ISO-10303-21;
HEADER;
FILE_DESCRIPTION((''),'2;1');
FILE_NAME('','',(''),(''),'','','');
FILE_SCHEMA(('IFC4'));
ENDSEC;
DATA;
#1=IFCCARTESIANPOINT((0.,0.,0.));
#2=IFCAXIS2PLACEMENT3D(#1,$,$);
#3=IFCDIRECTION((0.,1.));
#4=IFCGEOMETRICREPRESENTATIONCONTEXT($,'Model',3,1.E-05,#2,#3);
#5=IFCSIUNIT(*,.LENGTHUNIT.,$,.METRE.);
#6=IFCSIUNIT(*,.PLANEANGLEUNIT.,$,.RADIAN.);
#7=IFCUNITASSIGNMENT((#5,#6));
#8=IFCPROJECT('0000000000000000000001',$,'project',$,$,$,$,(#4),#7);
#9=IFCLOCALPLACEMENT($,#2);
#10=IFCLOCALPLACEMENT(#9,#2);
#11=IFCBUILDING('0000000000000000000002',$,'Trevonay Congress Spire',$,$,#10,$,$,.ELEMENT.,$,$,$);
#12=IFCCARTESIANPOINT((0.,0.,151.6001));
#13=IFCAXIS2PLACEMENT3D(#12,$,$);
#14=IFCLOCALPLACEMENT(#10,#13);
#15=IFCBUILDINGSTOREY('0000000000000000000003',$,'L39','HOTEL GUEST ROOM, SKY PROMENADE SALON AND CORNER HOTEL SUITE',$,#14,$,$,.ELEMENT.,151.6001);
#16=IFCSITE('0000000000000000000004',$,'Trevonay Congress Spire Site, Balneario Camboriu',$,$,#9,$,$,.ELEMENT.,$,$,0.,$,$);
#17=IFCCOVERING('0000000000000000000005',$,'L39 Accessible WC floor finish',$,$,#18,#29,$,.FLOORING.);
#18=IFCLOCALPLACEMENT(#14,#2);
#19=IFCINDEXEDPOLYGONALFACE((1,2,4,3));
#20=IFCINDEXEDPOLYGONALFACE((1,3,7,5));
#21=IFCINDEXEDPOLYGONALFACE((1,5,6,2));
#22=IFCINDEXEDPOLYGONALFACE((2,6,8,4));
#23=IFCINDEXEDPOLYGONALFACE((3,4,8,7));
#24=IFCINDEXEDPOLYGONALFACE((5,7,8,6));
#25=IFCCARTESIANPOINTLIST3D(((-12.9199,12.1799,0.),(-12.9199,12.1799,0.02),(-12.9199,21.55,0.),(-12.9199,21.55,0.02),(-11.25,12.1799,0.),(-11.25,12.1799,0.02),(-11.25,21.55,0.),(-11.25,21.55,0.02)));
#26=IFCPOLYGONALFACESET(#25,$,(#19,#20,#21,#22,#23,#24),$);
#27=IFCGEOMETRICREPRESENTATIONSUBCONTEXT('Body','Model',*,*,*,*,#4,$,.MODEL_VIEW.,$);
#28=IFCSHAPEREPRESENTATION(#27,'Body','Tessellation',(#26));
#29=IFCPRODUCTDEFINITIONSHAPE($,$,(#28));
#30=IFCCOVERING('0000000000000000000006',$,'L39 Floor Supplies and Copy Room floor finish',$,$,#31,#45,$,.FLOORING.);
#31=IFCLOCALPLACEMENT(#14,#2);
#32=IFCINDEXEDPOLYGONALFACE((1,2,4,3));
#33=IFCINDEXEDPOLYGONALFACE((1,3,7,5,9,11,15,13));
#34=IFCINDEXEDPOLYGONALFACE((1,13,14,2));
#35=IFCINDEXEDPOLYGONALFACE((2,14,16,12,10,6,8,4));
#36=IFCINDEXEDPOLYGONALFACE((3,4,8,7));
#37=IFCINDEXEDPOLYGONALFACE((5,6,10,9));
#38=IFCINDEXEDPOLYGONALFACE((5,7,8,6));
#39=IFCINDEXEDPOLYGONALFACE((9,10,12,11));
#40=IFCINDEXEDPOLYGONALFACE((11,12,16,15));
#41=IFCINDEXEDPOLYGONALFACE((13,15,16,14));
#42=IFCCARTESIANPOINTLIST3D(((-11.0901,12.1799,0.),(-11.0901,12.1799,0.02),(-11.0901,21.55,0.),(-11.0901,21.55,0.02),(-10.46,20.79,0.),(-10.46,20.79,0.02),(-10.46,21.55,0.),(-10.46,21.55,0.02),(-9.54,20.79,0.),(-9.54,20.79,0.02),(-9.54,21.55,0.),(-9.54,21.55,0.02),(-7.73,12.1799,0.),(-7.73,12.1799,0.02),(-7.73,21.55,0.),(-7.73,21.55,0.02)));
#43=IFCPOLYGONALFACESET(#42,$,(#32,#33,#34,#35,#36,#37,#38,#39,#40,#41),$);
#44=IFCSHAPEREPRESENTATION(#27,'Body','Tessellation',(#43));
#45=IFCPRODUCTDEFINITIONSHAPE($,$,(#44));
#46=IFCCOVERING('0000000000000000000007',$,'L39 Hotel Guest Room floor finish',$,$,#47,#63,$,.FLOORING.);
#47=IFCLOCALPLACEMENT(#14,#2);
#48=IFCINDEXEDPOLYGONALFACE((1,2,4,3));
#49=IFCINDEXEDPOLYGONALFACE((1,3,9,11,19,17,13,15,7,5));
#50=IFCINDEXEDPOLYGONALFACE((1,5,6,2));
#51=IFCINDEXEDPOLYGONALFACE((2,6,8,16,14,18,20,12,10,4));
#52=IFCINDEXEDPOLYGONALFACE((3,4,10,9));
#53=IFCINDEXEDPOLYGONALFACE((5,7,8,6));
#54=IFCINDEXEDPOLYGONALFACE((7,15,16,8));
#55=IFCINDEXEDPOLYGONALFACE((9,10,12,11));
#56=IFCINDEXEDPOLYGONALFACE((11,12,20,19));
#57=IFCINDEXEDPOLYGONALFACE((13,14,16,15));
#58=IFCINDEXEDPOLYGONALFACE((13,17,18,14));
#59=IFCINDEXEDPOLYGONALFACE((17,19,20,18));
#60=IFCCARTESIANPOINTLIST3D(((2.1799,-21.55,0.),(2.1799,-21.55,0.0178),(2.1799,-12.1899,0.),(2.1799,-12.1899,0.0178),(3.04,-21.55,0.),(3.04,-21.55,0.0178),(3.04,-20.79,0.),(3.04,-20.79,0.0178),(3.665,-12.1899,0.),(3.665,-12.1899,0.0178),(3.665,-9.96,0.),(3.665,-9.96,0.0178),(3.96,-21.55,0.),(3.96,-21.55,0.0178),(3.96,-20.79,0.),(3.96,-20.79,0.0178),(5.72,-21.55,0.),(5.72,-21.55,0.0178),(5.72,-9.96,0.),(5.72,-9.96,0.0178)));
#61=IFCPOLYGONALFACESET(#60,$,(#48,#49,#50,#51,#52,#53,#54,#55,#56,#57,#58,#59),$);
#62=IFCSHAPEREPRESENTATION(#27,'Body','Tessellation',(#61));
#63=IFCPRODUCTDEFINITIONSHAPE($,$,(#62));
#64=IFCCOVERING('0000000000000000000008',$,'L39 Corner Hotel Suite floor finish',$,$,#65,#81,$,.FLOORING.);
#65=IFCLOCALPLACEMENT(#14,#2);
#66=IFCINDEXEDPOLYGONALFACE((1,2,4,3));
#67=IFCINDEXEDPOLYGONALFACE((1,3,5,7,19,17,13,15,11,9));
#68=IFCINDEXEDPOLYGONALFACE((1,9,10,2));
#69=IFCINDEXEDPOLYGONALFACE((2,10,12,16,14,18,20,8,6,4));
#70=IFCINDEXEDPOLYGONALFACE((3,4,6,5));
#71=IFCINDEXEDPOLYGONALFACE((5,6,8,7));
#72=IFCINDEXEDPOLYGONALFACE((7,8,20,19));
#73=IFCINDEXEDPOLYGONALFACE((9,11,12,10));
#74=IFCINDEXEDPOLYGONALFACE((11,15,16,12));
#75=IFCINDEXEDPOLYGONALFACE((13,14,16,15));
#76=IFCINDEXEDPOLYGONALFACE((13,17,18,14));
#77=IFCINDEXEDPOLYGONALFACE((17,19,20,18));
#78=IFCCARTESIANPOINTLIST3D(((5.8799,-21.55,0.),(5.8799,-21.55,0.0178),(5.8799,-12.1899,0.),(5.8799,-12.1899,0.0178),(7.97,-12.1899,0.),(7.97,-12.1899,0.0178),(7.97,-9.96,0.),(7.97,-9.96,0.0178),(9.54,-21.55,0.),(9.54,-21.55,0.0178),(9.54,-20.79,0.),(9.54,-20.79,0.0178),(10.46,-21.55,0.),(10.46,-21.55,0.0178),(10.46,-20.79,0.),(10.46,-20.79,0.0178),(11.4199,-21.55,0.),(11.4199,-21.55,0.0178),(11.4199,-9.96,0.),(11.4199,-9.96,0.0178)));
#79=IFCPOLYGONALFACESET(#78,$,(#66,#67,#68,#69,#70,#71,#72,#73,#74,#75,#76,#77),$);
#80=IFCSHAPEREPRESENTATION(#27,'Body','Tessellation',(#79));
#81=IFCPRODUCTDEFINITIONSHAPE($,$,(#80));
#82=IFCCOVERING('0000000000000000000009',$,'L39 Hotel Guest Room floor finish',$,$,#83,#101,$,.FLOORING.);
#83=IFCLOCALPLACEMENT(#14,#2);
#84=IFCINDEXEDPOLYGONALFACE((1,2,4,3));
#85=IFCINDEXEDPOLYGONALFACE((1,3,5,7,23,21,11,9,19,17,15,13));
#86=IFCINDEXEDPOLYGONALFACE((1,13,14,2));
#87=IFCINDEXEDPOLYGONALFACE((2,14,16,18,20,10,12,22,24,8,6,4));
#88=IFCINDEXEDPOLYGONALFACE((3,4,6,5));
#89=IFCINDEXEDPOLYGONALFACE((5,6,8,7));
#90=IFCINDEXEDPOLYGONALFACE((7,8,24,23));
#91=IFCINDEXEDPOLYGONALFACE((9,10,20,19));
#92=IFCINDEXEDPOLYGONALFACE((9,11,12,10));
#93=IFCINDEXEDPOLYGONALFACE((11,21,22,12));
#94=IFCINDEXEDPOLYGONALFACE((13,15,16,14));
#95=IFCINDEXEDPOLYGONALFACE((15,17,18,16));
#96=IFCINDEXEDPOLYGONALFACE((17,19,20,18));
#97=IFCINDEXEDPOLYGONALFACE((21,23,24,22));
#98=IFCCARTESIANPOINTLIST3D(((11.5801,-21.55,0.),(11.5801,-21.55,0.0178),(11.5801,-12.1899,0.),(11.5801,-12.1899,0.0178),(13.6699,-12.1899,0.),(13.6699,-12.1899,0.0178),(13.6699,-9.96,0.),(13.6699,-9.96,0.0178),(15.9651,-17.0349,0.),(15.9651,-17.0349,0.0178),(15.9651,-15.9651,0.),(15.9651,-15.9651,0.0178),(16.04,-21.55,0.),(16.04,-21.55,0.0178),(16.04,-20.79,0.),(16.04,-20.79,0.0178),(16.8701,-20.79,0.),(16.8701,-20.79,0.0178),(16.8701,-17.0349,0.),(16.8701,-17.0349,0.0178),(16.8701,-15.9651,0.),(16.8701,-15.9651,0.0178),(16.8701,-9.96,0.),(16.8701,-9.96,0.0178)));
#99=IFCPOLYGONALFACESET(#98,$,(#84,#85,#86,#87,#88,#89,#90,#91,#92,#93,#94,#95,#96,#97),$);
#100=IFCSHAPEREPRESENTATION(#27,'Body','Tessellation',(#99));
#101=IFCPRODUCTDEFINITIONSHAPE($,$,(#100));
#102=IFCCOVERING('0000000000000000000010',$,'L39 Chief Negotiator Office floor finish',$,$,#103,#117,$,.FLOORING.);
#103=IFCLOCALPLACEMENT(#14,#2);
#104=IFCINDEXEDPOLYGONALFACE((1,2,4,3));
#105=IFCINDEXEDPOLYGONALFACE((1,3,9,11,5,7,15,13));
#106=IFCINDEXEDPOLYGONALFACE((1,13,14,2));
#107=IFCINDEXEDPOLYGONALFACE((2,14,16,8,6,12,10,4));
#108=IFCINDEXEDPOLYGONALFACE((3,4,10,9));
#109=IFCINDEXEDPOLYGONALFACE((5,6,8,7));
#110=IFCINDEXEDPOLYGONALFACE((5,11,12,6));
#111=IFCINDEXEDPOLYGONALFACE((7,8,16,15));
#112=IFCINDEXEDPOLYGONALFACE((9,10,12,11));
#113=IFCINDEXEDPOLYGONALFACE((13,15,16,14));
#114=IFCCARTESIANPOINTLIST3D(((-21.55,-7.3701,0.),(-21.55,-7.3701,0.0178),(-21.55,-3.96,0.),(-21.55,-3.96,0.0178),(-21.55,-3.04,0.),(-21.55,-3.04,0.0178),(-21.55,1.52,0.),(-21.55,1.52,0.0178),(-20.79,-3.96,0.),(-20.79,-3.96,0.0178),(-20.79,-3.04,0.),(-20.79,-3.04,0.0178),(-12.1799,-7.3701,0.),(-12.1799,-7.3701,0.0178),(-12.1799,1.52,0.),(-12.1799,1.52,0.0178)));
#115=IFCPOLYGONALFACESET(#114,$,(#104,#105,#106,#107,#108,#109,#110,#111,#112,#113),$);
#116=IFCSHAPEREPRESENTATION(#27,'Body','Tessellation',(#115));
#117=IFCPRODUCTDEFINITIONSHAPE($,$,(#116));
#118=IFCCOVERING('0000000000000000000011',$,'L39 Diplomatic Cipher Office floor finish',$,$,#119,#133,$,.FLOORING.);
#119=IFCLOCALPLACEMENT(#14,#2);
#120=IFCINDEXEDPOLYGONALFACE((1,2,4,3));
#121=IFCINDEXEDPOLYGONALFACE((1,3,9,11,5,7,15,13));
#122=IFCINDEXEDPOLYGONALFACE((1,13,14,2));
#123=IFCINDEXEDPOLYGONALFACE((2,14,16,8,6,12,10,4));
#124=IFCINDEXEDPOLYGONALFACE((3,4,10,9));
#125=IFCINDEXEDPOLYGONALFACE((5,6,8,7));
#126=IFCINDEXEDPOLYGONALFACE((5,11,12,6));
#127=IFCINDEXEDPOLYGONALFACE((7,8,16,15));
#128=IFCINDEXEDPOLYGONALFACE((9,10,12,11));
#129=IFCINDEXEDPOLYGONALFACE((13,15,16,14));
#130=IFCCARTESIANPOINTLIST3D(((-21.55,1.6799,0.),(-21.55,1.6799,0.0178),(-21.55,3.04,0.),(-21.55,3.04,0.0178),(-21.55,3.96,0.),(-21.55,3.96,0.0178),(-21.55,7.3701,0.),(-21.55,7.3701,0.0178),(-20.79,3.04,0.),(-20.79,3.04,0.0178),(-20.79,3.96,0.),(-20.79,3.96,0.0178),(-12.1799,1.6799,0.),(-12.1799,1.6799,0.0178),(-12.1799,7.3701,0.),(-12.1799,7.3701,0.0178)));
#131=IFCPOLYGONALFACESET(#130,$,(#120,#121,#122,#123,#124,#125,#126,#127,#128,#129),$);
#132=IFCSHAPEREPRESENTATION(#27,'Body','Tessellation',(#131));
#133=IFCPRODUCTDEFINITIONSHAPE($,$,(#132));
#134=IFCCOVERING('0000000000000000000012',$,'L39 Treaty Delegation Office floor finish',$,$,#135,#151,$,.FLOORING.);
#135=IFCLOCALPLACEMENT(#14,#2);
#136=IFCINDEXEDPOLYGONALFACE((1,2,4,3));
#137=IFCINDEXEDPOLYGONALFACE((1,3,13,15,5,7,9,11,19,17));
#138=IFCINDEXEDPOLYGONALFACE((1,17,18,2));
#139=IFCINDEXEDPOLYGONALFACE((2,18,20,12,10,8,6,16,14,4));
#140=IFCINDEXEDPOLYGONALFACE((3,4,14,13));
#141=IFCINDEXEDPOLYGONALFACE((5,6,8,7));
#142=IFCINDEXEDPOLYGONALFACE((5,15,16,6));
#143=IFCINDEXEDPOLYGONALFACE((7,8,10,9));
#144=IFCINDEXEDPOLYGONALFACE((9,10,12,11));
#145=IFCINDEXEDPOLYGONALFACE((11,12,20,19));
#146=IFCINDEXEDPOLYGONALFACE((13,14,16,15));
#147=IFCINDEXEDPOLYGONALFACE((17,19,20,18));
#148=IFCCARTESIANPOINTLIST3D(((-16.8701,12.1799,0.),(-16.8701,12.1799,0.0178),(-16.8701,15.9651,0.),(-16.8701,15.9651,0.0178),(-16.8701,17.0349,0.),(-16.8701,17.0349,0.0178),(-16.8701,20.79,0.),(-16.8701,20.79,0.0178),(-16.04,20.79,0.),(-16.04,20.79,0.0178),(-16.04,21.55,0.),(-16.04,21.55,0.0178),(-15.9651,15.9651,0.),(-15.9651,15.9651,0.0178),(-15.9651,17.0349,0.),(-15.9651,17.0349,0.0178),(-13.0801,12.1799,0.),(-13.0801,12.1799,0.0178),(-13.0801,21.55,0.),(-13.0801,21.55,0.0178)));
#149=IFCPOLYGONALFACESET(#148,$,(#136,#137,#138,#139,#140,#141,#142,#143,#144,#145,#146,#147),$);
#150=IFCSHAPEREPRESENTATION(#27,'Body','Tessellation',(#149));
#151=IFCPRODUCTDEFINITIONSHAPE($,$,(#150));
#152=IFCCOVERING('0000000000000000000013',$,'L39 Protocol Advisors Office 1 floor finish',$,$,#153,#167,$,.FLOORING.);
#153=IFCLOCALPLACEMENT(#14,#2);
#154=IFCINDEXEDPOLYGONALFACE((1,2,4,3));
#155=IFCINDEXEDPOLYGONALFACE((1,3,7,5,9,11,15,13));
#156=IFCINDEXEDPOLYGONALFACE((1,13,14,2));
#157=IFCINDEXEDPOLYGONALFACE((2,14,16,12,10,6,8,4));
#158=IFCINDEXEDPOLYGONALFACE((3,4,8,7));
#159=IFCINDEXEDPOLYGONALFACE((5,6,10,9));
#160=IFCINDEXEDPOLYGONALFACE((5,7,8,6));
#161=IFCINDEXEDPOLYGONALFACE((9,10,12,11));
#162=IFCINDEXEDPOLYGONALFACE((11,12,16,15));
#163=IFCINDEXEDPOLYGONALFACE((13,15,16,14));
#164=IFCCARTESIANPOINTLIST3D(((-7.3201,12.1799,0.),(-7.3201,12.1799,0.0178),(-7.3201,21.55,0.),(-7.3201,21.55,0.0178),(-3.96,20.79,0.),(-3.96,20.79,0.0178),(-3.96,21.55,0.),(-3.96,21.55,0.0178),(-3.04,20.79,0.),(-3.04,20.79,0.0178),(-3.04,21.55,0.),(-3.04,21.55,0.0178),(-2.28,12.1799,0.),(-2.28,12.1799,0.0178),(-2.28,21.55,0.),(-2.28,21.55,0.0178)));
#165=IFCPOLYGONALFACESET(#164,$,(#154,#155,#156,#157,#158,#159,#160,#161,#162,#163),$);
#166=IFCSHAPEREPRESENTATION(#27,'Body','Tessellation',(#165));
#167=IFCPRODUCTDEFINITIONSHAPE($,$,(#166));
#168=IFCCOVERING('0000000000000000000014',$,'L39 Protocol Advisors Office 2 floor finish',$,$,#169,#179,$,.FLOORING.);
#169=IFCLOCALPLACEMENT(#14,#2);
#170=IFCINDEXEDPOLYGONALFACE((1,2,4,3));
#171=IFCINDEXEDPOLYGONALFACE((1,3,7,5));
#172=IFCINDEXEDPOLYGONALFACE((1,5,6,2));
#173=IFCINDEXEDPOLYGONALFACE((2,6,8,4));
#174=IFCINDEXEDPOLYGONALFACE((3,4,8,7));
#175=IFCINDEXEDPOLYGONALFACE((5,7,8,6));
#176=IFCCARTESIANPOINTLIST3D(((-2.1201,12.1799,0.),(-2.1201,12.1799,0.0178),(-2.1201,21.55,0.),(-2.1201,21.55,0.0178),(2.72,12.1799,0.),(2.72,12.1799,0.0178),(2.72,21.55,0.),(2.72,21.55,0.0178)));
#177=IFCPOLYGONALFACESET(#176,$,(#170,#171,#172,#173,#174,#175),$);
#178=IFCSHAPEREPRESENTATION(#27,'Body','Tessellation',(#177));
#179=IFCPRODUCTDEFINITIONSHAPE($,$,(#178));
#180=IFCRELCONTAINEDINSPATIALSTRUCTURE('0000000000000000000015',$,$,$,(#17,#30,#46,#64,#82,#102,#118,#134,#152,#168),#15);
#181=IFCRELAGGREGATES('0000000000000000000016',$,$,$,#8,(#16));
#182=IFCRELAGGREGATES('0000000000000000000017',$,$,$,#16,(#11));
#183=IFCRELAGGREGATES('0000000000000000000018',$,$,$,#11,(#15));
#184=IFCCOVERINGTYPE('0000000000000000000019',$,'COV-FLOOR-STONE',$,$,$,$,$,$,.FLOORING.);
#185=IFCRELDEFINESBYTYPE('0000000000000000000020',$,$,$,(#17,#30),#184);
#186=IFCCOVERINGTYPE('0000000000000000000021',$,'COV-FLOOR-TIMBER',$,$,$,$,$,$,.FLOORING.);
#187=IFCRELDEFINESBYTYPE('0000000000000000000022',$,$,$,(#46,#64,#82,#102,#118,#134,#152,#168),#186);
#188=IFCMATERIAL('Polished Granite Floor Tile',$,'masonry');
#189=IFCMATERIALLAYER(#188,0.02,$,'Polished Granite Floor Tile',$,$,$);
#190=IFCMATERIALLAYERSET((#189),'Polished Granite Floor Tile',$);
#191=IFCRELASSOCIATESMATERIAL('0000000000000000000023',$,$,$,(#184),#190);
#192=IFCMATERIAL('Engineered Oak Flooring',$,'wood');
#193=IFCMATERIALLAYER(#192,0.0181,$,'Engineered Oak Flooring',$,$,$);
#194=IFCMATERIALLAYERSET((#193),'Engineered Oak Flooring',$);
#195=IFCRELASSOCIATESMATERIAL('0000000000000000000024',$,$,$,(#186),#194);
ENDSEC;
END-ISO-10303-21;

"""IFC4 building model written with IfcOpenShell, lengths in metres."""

from ifc_helpers import new_model, si_unit, direction, frame, origin, place, context, subcontext, project, spatial, polyline, outline, extrude, material, layer, layer_set, type_object, element, save


model = new_model("IFC4")

# Units and contexts
model_context = context("Model", 3, precision=1e-05, world=origin(), true_north=direction((0.0, 1.0)))
body_context = subcontext(model_context, "Body", "Model", "MODEL_VIEW")
ifc_project = project(units=[si_unit("LENGTHUNIT", "METRE"), si_unit("PLANEANGLEUNIT", "RADIAN")], contexts=[model_context])

# Site, building, storey
site_placement = place(None, origin())
site = spatial("IfcSite", under=ifc_project, at=site_placement, Name="Trevonay Congress Spire Site, Balneario Camboriu", CompositionType="ELEMENT", RefElevation=0.0)
building_placement = place(site_placement, origin())
building = spatial("IfcBuilding", under=site, at=building_placement, Name="Trevonay Congress Spire", CompositionType="ELEMENT")
storey_placement = place(building_placement, frame((0.0, 0.0, 151.6001)))
storey = spatial("IfcBuildingStorey", under=building, at=storey_placement, Name="L39", Description="HOTEL GUEST ROOM, SKY PROMENADE SALON AND CORNER HOTEL SUITE", CompositionType="ELEMENT", Elevation=151.6001)

# Coverings
ifc_material_1 = material(Name="Polished Granite Floor Tile", Category="masonry")
ifc_layer_1 = layer(ifc_material_1, 0.02, Name="Polished Granite Floor Tile")
ifc_layer_set_1 = layer_set([ifc_layer_1], Name="Polished Granite Floor Tile")
covering_type_1 = type_object("IfcCoveringType", Name="COV-FLOOR-STONE", PredefinedType="FLOORING", material=ifc_layer_set_1)
covering_1_placement = place(storey_placement, origin())
element("IfcCovering", 1, at=covering_1_placement, inside=storey, type_object=covering_type_1, Name="L39 Accessible WC floor finish", PredefinedType="FLOORING", context=body_context, shape_type="SweptSolid", body=[
    extrude(outline(polyline([(-12.9199, 12.1799), (-11.25, 12.1799), (-11.25, 21.55), (-12.9199, 21.55), (-12.9199, 12.1799)])), origin(), (0.0, 0.0, 1.0), 0.02),
])
covering_2_placement = place(storey_placement, origin())
element("IfcCovering", 2, at=covering_2_placement, inside=storey, type_object=covering_type_1, Name="L39 Floor Supplies and Copy Room floor finish", PredefinedType="FLOORING", context=body_context, shape_type="SweptSolid", body=[
    extrude(outline(polyline([(-7.73, 21.55), (-7.73, 12.1799), (-11.0901, 12.1799), (-11.0901, 21.55), (-10.46, 21.55), (-10.46, 20.79), (-9.54, 20.79), (-9.54, 21.55), (-7.73, 21.55)])), origin(), (0.0, 0.0, 1.0), 0.02),
])
ifc_material_2 = material(Name="Engineered Oak Flooring", Category="wood")
ifc_layer_2 = layer(ifc_material_2, 0.0181, Name="Engineered Oak Flooring")
ifc_layer_set_2 = layer_set([ifc_layer_2], Name="Engineered Oak Flooring")
covering_type_2 = type_object("IfcCoveringType", Name="COV-FLOOR-TIMBER", PredefinedType="FLOORING", material=ifc_layer_set_2)
covering_3_placement = place(storey_placement, origin())
element("IfcCovering", 3, at=covering_3_placement, inside=storey, type_object=covering_type_2, Name="L39 Hotel Guest Room floor finish", PredefinedType="FLOORING", context=body_context, shape_type="SweptSolid", body=[
    extrude(outline(polyline([(2.1799, -21.55), (2.1799, -12.1899), (3.665, -12.1899), (3.665, -9.96), (5.72, -9.96), (5.72, -21.55), (3.96, -21.55), (3.96, -20.79), (3.04, -20.79), (3.04, -21.55), (2.1799, -21.55)])), origin(), (0.0, 0.0, 1.0), 0.0178),
])
covering_4_placement = place(storey_placement, origin())
element("IfcCovering", 4, at=covering_4_placement, inside=storey, type_object=covering_type_2, Name="L39 Corner Hotel Suite floor finish", PredefinedType="FLOORING", context=body_context, shape_type="SweptSolid", body=[
    extrude(outline(polyline([(5.8799, -21.55), (5.8799, -12.1899), (7.97, -12.1899), (7.97, -9.96), (11.4199, -9.96), (11.4199, -21.55), (10.46, -21.55), (10.46, -20.79), (9.54, -20.79), (9.54, -21.55), (5.8799, -21.55)])), origin(), (0.0, 0.0, 1.0), 0.0178),
])
covering_5_placement = place(storey_placement, origin())
element("IfcCovering", 5, at=covering_5_placement, inside=storey, type_object=covering_type_2, Name="L39 Hotel Guest Room floor finish", PredefinedType="FLOORING", context=body_context, shape_type="SweptSolid", body=[
    extrude(outline(polyline([(11.5801, -21.55), (11.5801, -12.1899), (13.6699, -12.1899), (13.6699, -9.96), (16.8701, -9.96), (16.8701, -15.9651), (15.9651, -15.9651), (15.9651, -17.0349), (16.8701, -17.0349), (16.8701, -20.79), (16.04, -20.79), (16.04, -21.55), (11.5801, -21.55)])), origin(), (0.0, 0.0, 1.0), 0.0178),
])
covering_6_placement = place(storey_placement, origin())
element("IfcCovering", 6, at=covering_6_placement, inside=storey, type_object=covering_type_2, Name="L39 Chief Negotiator Office floor finish", PredefinedType="FLOORING", context=body_context, shape_type="SweptSolid", body=[
    extrude(outline(polyline([(-21.55, 1.52), (-12.1799, 1.52), (-12.1799, -7.3701), (-21.55, -7.3701), (-21.55, -3.96), (-20.79, -3.96), (-20.79, -3.04), (-21.55, -3.04), (-21.55, 1.52)])), origin(), (0.0, 0.0, 1.0), 0.0178),
])
covering_7_placement = place(storey_placement, origin())
element("IfcCovering", 7, at=covering_7_placement, inside=storey, type_object=covering_type_2, Name="L39 Diplomatic Cipher Office floor finish", PredefinedType="FLOORING", context=body_context, shape_type="SweptSolid", body=[
    extrude(outline(polyline([(-21.55, 7.3701), (-12.1799, 7.3701), (-12.1799, 1.6799), (-21.55, 1.6799), (-21.55, 3.04), (-20.79, 3.04), (-20.79, 3.96), (-21.55, 3.96), (-21.55, 7.3701)])), origin(), (0.0, 0.0, 1.0), 0.0178),
])
covering_8_placement = place(storey_placement, origin())
element("IfcCovering", 8, at=covering_8_placement, inside=storey, type_object=covering_type_2, Name="L39 Treaty Delegation Office floor finish", PredefinedType="FLOORING", context=body_context, shape_type="SweptSolid", body=[
    extrude(outline(polyline([(-13.0801, 21.55), (-13.0801, 12.1799), (-16.8701, 12.1799), (-16.8701, 15.9651), (-15.9651, 15.9651), (-15.9651, 17.0349), (-16.8701, 17.0349), (-16.8701, 20.79), (-16.04, 20.79), (-16.04, 21.55), (-13.0801, 21.55)])), origin(), (0.0, 0.0, 1.0), 0.0178),
])
covering_9_placement = place(storey_placement, origin())
element("IfcCovering", 9, at=covering_9_placement, inside=storey, type_object=covering_type_2, Name="L39 Protocol Advisors Office 1 floor finish", PredefinedType="FLOORING", context=body_context, shape_type="SweptSolid", body=[
    extrude(outline(polyline([(-2.28, 21.55), (-2.28, 12.1799), (-7.3201, 12.1799), (-7.3201, 21.55), (-3.96, 21.55), (-3.96, 20.79), (-3.04, 20.79), (-3.04, 21.55), (-2.28, 21.55)])), origin(), (0.0, 0.0, 1.0), 0.0178),
])
covering_10_placement = place(storey_placement, origin())
element("IfcCovering", 10, at=covering_10_placement, inside=storey, type_object=covering_type_2, Name="L39 Protocol Advisors Office 2 floor finish", PredefinedType="FLOORING", context=body_context, shape_type="SweptSolid", body=[
    extrude(outline(polyline([(-2.1201, 12.1799), (2.72, 12.1799), (2.72, 21.55), (-2.1201, 21.55), (-2.1201, 12.1799)])), origin(), (0.0, 0.0, 1.0), 0.0178),
])

save(model, "model.ifc")
